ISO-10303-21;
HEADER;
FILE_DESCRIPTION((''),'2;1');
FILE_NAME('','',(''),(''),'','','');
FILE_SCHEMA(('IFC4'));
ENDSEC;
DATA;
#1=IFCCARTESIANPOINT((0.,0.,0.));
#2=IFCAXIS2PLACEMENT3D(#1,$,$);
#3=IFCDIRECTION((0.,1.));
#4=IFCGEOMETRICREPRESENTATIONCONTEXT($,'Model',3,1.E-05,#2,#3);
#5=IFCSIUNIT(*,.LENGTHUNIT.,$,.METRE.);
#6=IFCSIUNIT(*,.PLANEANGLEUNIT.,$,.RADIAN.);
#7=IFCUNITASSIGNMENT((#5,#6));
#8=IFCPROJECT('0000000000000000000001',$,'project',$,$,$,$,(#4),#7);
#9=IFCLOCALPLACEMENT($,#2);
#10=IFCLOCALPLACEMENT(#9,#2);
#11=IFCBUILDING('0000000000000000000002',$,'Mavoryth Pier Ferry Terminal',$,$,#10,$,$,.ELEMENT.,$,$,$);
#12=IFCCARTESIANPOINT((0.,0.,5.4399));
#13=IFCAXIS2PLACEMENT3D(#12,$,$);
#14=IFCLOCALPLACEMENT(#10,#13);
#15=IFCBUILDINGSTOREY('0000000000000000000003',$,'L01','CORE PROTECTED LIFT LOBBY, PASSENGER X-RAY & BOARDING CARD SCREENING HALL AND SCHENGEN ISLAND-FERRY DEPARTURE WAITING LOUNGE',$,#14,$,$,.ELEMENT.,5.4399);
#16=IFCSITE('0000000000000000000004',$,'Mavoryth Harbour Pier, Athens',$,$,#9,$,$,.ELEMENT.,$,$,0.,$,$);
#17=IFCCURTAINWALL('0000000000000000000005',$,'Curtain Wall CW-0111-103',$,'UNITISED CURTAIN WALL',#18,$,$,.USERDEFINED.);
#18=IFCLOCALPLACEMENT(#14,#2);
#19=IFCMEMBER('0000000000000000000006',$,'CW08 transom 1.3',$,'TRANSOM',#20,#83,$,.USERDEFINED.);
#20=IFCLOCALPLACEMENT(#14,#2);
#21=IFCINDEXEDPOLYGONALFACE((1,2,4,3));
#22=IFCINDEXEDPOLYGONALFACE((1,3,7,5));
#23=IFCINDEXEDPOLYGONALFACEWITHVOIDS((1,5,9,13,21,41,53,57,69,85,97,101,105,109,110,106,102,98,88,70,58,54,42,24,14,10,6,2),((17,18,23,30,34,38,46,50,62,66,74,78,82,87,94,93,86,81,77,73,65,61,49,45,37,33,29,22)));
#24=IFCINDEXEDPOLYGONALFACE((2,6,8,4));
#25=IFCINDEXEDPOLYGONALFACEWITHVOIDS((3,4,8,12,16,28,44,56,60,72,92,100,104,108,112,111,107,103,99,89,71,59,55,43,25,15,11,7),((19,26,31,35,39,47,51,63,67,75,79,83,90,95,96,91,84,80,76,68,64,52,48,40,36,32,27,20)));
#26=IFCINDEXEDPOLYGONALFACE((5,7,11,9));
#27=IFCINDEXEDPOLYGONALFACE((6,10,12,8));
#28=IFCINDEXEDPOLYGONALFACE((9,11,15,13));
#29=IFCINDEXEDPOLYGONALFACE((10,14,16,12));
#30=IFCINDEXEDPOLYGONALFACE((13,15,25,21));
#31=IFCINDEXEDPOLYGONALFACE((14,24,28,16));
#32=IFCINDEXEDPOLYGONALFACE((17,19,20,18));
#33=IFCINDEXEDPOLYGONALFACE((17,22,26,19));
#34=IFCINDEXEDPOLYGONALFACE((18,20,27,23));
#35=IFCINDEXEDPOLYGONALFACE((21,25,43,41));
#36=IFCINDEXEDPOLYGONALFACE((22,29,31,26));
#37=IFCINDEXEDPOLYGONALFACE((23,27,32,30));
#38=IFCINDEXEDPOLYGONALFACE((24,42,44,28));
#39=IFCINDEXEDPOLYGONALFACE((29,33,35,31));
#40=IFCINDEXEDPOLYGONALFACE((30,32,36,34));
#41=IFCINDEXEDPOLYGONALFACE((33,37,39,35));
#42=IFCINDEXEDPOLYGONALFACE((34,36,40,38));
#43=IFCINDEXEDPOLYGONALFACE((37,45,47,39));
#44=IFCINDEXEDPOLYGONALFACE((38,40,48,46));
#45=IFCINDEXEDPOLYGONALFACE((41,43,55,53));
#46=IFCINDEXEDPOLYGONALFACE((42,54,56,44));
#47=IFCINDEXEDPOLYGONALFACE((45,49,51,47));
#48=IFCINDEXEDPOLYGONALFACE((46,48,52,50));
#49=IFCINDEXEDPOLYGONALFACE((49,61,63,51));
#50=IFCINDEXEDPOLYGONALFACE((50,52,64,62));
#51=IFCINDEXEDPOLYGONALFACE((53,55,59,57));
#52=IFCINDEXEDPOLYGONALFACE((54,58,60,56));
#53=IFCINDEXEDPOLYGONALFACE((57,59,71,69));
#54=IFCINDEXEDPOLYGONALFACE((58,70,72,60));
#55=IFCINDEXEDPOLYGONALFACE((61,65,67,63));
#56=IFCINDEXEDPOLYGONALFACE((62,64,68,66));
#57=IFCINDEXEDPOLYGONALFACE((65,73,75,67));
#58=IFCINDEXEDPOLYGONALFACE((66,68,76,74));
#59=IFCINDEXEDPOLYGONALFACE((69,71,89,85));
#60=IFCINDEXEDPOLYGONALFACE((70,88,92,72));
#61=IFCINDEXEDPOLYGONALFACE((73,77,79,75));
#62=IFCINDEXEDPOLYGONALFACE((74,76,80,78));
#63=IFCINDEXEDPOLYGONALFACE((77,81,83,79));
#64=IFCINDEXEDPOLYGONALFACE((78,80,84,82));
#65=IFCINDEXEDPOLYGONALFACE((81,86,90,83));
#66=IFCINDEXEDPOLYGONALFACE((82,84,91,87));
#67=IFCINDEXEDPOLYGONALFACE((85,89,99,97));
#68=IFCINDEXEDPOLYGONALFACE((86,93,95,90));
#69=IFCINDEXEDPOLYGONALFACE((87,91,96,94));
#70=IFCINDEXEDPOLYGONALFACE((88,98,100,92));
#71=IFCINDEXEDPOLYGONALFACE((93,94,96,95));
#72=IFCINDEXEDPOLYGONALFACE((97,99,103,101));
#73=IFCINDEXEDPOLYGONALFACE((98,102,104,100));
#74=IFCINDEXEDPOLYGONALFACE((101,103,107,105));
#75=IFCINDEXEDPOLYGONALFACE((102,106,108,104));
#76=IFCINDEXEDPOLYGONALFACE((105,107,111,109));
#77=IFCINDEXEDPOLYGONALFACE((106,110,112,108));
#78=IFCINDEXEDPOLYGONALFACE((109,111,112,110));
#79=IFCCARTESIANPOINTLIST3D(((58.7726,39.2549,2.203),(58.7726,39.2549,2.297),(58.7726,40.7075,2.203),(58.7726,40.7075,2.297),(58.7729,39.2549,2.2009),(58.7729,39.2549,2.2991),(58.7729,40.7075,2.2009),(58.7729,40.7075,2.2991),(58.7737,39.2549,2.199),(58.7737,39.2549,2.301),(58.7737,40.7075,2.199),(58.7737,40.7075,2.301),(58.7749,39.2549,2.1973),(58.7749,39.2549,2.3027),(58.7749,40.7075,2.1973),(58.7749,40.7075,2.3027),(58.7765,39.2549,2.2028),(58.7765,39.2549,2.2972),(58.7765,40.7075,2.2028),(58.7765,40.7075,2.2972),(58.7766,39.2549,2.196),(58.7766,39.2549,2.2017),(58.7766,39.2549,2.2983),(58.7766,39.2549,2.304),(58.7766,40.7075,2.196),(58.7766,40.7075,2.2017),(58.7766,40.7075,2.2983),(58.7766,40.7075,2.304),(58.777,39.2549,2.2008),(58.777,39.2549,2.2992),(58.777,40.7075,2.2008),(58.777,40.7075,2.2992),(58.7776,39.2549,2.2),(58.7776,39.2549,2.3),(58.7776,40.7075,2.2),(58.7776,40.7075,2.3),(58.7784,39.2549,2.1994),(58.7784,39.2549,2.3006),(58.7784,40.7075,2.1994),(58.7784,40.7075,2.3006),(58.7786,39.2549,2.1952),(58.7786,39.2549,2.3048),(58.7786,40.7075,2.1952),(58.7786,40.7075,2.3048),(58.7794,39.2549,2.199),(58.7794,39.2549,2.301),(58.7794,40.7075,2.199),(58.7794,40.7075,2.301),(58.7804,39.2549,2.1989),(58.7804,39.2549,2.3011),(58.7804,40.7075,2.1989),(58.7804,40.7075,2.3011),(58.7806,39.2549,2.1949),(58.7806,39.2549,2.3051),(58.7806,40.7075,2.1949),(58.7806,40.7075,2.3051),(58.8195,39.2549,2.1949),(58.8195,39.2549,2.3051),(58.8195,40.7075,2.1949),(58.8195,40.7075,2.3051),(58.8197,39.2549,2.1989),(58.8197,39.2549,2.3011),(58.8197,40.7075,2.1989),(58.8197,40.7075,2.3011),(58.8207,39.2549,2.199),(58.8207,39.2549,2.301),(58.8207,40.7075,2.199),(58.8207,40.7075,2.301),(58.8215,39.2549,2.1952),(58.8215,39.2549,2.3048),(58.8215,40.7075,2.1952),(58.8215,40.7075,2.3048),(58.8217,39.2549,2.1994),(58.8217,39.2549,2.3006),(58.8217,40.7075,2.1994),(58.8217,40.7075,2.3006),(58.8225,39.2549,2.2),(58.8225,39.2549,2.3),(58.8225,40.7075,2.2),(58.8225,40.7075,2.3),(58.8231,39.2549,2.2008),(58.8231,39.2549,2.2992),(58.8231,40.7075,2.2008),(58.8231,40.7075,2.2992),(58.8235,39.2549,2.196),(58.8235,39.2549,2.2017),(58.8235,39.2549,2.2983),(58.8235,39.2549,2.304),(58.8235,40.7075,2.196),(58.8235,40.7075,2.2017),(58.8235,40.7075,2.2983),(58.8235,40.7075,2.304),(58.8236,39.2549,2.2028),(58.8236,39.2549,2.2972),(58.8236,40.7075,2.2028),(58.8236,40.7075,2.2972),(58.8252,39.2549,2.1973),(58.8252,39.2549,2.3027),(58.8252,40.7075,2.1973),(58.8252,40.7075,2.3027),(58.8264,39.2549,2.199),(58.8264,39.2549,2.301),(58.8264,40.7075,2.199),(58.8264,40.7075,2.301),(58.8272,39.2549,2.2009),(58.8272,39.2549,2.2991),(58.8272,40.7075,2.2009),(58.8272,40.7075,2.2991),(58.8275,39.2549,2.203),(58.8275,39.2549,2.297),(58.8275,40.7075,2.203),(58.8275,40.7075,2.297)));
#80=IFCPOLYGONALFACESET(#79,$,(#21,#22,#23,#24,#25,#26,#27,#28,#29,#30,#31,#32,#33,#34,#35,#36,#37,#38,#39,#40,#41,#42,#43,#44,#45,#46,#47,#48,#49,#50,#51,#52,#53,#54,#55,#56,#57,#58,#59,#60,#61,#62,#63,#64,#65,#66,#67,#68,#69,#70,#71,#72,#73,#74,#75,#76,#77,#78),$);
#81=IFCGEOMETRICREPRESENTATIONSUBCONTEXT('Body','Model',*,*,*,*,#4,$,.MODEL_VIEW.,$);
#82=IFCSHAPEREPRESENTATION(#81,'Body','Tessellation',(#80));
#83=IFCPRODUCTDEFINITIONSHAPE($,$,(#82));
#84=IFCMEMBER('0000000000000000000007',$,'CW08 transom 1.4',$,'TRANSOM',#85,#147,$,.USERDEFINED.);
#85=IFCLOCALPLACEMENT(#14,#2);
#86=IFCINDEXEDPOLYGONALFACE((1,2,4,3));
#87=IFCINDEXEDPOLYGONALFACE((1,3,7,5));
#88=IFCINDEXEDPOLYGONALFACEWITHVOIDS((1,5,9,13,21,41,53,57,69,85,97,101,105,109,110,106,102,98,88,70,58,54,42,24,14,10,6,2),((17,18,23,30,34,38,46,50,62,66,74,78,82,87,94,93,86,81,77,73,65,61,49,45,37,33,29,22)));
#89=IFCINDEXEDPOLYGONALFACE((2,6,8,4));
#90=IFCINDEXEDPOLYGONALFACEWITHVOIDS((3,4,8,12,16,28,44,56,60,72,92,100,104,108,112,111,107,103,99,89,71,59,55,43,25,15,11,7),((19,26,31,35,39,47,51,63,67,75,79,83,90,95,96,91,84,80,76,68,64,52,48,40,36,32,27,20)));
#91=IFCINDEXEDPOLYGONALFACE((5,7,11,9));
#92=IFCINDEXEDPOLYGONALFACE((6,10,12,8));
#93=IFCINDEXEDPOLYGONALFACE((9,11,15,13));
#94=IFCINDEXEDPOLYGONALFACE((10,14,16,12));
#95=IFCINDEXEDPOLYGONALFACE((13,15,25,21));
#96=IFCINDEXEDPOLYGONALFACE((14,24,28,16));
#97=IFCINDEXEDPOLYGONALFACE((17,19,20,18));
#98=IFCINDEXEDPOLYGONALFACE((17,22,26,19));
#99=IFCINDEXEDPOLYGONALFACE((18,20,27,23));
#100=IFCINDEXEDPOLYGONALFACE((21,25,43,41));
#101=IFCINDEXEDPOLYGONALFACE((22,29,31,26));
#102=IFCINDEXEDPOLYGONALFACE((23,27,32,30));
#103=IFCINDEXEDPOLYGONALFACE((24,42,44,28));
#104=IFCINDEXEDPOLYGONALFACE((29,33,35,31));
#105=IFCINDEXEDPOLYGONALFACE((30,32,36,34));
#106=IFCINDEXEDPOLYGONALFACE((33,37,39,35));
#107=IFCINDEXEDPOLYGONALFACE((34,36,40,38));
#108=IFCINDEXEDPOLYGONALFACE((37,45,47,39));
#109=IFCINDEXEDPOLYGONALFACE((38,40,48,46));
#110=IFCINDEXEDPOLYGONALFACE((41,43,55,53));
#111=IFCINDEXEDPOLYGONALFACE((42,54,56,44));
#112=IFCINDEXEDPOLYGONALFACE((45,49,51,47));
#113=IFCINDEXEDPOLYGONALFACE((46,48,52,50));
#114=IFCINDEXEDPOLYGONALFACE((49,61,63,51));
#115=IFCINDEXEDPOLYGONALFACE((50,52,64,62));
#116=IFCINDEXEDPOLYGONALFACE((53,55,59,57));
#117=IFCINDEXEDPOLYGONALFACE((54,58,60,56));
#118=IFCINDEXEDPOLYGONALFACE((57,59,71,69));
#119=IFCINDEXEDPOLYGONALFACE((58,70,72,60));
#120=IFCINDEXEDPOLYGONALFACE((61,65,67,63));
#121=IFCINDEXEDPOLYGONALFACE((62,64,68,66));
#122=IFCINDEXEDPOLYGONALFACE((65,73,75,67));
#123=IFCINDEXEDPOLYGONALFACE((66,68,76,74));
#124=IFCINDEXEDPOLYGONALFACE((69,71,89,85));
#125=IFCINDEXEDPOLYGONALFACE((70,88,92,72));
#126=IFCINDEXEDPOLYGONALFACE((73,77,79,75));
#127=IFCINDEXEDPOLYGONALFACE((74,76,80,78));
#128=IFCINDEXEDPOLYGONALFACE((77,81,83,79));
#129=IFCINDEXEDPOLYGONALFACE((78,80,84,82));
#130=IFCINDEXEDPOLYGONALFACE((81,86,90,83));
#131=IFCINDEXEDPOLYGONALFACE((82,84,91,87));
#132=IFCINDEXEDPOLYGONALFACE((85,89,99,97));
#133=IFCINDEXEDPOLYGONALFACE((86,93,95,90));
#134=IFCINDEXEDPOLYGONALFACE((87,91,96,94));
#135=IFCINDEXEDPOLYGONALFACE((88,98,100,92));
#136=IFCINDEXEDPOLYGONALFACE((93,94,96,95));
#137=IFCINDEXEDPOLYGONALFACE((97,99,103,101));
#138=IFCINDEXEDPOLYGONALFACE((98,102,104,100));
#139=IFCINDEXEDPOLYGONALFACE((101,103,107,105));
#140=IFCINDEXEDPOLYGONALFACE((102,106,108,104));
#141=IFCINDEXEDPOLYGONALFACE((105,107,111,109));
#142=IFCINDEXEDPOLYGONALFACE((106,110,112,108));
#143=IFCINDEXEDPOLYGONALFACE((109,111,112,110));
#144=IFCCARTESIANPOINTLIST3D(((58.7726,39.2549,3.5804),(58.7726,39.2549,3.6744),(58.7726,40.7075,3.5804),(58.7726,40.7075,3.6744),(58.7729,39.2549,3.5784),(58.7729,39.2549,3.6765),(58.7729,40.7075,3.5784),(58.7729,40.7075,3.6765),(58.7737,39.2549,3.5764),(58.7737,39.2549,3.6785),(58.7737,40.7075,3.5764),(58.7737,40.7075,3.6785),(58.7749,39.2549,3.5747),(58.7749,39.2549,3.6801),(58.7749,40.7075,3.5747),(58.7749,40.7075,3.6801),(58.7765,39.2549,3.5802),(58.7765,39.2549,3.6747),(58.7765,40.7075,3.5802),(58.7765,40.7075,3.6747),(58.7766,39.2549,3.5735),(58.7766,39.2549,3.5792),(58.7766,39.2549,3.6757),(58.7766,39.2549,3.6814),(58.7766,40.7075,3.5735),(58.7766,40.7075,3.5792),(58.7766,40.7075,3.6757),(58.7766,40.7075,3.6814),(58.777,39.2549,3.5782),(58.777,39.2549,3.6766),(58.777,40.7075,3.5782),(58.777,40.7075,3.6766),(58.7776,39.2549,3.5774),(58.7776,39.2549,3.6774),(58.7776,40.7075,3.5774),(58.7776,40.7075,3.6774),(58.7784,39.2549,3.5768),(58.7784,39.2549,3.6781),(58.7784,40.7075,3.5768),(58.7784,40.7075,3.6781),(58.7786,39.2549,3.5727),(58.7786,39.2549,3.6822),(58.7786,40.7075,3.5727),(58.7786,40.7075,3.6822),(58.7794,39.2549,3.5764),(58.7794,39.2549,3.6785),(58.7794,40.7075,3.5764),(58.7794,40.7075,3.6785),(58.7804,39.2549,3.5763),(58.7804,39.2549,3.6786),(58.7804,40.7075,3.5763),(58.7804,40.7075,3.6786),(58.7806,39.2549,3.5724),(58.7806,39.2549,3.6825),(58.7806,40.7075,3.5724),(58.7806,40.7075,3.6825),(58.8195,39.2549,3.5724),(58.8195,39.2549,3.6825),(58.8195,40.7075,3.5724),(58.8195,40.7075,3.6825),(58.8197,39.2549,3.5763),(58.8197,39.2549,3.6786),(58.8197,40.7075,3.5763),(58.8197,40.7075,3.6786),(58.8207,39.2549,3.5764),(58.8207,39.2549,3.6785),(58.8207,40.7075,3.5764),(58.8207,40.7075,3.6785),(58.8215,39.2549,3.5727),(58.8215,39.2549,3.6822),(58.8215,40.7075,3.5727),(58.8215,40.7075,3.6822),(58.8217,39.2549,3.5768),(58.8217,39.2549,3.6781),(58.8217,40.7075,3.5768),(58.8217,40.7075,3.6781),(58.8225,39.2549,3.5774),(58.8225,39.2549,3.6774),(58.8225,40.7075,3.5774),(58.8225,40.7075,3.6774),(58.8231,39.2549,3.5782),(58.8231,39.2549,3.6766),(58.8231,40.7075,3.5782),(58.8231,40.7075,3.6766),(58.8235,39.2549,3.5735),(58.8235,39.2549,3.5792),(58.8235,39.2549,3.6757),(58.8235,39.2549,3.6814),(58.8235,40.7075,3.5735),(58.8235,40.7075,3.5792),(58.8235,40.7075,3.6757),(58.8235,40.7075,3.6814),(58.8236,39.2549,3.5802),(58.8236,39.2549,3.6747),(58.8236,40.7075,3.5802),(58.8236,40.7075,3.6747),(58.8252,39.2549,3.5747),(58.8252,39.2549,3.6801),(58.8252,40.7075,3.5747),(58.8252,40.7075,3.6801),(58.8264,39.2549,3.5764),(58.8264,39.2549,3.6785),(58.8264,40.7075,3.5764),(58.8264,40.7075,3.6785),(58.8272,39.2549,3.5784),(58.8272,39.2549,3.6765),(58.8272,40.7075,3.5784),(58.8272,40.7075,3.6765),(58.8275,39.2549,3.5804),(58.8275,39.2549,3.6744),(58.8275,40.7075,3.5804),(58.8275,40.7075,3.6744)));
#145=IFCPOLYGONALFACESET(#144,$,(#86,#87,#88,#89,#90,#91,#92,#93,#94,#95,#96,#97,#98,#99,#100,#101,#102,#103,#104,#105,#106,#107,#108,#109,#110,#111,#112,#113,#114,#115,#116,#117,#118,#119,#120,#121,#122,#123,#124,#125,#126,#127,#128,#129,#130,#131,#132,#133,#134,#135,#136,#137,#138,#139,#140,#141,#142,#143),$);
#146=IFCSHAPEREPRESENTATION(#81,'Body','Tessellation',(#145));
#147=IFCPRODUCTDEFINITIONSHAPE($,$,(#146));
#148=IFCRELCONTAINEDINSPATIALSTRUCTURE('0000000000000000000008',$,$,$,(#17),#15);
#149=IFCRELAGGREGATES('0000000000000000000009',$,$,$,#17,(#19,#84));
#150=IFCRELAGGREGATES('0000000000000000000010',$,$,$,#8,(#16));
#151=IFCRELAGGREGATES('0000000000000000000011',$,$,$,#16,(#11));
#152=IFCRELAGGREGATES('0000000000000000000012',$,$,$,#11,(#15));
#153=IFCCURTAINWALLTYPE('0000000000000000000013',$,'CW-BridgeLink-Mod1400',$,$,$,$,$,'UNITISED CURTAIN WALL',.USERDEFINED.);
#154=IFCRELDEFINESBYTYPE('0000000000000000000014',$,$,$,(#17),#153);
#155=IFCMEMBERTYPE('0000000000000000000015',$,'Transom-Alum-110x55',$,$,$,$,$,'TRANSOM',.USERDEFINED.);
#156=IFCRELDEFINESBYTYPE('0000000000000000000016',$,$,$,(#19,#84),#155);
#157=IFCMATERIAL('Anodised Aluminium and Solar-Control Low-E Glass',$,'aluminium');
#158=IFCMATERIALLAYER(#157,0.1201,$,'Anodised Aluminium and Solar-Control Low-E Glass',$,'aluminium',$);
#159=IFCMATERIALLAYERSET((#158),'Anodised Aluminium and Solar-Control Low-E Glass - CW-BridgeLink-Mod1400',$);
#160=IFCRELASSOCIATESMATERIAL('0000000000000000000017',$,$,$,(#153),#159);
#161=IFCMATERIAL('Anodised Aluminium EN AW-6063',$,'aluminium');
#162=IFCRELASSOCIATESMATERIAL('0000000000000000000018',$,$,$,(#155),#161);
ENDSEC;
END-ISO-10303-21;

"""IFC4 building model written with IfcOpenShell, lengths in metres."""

from ifc_helpers import new_model, si_unit, direction, frame, origin, origin_2d, place, context, subcontext, project, spatial, hollow_rectangle, extrude, material, layer, layer_set, material_profile, profile_set, type_object, element, aggregate, save


model = new_model("IFC4")

# Units and contexts
model_context = context("Model", 3, precision=1e-05, world=origin(), true_north=direction((0.0, 1.0)))
body_context = subcontext(model_context, "Body", "Model", "MODEL_VIEW")
ifc_project = project(units=[si_unit("LENGTHUNIT", "METRE"), si_unit("PLANEANGLEUNIT", "RADIAN")], contexts=[model_context])

# Site, building, storey
site_placement = place(None, origin())
site = spatial("IfcSite", under=ifc_project, at=site_placement, Name="Mavoryth Harbour Pier, Athens", CompositionType="ELEMENT", RefElevation=0.0)
building_placement = place(site_placement, origin())
building = spatial("IfcBuilding", under=site, at=building_placement, Name="Mavoryth Pier Ferry Terminal", CompositionType="ELEMENT")
storey_placement = place(building_placement, frame((0.0, 0.0, 5.4399)))
storey = spatial("IfcBuildingStorey", under=building, at=storey_placement, Name="L01", Description="CORE PROTECTED LIFT LOBBY, PASSENGER X-RAY & BOARDING CARD SCREENING HALL AND SCHENGEN ISLAND-FERRY DEPARTURE WAITING LOUNGE", CompositionType="ELEMENT", Elevation=5.4399)

# Curtain wall
ifc_material_1 = material(Name="Anodised Aluminium and Solar-Control Low-E Glass", Category="aluminium")
ifc_layer_1 = layer(ifc_material_1, 0.1201, Name="Anodised Aluminium and Solar-Control Low-E Glass", Category="aluminium")
ifc_layer_set_1 = layer_set([ifc_layer_1], Name="Anodised Aluminium and Solar-Control Low-E Glass - CW-BridgeLink-Mod1400")
curtain_wall_type = type_object("IfcCurtainWallType", Name="CW-BridgeLink-Mod1400", ElementType="UNITISED CURTAIN WALL", PredefinedType="USERDEFINED", material=ifc_layer_set_1)
curtain_wall_placement = place(storey_placement, origin())
curtain_wall = element("IfcCurtainWall", 1, at=curtain_wall_placement, inside=storey, type_object=curtain_wall_type, Name="Curtain Wall CW-0111-103", ObjectType="UNITISED CURTAIN WALL", PredefinedType="USERDEFINED")
ifc_material_2 = material(Name="Anodised Aluminium EN AW-6063", Category="aluminium")

# Members
ifc_material_profile_1 = material_profile(ifc_material_2, hollow_rectangle(XDim=0.0549, YDim=0.1101, WallThickness=0.0039, InnerFilletRadius=0.0039, OuterFilletRadius=0.0081, at=origin_2d()), Name="AL-TRAN 110x55x4", Category="aluminium")
ifc_profile_set_1 = profile_set([ifc_material_profile_1], Name="Anodised Aluminium EN AW-6063 - AL-TRAN 110x55x4")
member_type_1 = type_object("IfcMemberType", Name="Transom-Alum-110x55", ElementType="TRANSOM", PredefinedType="USERDEFINED", material=ifc_profile_set_1)
member_1_placement = place(storey_placement, frame((58.8, 39.2549, 2.25), z_axis=(0.0, 1.0, 0.0), x_axis=(-1.0, 0.0, 0.0)))
member_1 = element("IfcMember", 2, at=member_1_placement, type_object=member_type_1, Name="CW08 transom 1.3", ObjectType="TRANSOM", PredefinedType="USERDEFINED", context=body_context, shape_type="SweptSolid", body=[
    extrude(hollow_rectangle(XDim=0.0549, YDim=0.1101, WallThickness=0.0039, InnerFilletRadius=0.0039, OuterFilletRadius=0.0081, at=origin_2d()), origin(), (0.0, 0.0, 1.0), 1.4526),
])
member_2_placement = place(storey_placement, frame((58.8, 39.2549, 3.6274), z_axis=(0.0, 1.0, 0.0), x_axis=(-1.0, 0.0, 0.0)))
member_2 = element("IfcMember", 3, at=member_2_placement, type_object=member_type_1, Name="CW08 transom 1.4", ObjectType="TRANSOM", PredefinedType="USERDEFINED", context=body_context, shape_type="SweptSolid", body=[
    extrude(hollow_rectangle(XDim=0.0549, YDim=0.1101, WallThickness=0.0039, InnerFilletRadius=0.0039, OuterFilletRadius=0.0081, at=origin_2d()), origin(), (0.0, 0.0, 1.0), 1.4526),
])

aggregate(curtain_wall, [member_1, member_2])

save(model, "model.ifc")
